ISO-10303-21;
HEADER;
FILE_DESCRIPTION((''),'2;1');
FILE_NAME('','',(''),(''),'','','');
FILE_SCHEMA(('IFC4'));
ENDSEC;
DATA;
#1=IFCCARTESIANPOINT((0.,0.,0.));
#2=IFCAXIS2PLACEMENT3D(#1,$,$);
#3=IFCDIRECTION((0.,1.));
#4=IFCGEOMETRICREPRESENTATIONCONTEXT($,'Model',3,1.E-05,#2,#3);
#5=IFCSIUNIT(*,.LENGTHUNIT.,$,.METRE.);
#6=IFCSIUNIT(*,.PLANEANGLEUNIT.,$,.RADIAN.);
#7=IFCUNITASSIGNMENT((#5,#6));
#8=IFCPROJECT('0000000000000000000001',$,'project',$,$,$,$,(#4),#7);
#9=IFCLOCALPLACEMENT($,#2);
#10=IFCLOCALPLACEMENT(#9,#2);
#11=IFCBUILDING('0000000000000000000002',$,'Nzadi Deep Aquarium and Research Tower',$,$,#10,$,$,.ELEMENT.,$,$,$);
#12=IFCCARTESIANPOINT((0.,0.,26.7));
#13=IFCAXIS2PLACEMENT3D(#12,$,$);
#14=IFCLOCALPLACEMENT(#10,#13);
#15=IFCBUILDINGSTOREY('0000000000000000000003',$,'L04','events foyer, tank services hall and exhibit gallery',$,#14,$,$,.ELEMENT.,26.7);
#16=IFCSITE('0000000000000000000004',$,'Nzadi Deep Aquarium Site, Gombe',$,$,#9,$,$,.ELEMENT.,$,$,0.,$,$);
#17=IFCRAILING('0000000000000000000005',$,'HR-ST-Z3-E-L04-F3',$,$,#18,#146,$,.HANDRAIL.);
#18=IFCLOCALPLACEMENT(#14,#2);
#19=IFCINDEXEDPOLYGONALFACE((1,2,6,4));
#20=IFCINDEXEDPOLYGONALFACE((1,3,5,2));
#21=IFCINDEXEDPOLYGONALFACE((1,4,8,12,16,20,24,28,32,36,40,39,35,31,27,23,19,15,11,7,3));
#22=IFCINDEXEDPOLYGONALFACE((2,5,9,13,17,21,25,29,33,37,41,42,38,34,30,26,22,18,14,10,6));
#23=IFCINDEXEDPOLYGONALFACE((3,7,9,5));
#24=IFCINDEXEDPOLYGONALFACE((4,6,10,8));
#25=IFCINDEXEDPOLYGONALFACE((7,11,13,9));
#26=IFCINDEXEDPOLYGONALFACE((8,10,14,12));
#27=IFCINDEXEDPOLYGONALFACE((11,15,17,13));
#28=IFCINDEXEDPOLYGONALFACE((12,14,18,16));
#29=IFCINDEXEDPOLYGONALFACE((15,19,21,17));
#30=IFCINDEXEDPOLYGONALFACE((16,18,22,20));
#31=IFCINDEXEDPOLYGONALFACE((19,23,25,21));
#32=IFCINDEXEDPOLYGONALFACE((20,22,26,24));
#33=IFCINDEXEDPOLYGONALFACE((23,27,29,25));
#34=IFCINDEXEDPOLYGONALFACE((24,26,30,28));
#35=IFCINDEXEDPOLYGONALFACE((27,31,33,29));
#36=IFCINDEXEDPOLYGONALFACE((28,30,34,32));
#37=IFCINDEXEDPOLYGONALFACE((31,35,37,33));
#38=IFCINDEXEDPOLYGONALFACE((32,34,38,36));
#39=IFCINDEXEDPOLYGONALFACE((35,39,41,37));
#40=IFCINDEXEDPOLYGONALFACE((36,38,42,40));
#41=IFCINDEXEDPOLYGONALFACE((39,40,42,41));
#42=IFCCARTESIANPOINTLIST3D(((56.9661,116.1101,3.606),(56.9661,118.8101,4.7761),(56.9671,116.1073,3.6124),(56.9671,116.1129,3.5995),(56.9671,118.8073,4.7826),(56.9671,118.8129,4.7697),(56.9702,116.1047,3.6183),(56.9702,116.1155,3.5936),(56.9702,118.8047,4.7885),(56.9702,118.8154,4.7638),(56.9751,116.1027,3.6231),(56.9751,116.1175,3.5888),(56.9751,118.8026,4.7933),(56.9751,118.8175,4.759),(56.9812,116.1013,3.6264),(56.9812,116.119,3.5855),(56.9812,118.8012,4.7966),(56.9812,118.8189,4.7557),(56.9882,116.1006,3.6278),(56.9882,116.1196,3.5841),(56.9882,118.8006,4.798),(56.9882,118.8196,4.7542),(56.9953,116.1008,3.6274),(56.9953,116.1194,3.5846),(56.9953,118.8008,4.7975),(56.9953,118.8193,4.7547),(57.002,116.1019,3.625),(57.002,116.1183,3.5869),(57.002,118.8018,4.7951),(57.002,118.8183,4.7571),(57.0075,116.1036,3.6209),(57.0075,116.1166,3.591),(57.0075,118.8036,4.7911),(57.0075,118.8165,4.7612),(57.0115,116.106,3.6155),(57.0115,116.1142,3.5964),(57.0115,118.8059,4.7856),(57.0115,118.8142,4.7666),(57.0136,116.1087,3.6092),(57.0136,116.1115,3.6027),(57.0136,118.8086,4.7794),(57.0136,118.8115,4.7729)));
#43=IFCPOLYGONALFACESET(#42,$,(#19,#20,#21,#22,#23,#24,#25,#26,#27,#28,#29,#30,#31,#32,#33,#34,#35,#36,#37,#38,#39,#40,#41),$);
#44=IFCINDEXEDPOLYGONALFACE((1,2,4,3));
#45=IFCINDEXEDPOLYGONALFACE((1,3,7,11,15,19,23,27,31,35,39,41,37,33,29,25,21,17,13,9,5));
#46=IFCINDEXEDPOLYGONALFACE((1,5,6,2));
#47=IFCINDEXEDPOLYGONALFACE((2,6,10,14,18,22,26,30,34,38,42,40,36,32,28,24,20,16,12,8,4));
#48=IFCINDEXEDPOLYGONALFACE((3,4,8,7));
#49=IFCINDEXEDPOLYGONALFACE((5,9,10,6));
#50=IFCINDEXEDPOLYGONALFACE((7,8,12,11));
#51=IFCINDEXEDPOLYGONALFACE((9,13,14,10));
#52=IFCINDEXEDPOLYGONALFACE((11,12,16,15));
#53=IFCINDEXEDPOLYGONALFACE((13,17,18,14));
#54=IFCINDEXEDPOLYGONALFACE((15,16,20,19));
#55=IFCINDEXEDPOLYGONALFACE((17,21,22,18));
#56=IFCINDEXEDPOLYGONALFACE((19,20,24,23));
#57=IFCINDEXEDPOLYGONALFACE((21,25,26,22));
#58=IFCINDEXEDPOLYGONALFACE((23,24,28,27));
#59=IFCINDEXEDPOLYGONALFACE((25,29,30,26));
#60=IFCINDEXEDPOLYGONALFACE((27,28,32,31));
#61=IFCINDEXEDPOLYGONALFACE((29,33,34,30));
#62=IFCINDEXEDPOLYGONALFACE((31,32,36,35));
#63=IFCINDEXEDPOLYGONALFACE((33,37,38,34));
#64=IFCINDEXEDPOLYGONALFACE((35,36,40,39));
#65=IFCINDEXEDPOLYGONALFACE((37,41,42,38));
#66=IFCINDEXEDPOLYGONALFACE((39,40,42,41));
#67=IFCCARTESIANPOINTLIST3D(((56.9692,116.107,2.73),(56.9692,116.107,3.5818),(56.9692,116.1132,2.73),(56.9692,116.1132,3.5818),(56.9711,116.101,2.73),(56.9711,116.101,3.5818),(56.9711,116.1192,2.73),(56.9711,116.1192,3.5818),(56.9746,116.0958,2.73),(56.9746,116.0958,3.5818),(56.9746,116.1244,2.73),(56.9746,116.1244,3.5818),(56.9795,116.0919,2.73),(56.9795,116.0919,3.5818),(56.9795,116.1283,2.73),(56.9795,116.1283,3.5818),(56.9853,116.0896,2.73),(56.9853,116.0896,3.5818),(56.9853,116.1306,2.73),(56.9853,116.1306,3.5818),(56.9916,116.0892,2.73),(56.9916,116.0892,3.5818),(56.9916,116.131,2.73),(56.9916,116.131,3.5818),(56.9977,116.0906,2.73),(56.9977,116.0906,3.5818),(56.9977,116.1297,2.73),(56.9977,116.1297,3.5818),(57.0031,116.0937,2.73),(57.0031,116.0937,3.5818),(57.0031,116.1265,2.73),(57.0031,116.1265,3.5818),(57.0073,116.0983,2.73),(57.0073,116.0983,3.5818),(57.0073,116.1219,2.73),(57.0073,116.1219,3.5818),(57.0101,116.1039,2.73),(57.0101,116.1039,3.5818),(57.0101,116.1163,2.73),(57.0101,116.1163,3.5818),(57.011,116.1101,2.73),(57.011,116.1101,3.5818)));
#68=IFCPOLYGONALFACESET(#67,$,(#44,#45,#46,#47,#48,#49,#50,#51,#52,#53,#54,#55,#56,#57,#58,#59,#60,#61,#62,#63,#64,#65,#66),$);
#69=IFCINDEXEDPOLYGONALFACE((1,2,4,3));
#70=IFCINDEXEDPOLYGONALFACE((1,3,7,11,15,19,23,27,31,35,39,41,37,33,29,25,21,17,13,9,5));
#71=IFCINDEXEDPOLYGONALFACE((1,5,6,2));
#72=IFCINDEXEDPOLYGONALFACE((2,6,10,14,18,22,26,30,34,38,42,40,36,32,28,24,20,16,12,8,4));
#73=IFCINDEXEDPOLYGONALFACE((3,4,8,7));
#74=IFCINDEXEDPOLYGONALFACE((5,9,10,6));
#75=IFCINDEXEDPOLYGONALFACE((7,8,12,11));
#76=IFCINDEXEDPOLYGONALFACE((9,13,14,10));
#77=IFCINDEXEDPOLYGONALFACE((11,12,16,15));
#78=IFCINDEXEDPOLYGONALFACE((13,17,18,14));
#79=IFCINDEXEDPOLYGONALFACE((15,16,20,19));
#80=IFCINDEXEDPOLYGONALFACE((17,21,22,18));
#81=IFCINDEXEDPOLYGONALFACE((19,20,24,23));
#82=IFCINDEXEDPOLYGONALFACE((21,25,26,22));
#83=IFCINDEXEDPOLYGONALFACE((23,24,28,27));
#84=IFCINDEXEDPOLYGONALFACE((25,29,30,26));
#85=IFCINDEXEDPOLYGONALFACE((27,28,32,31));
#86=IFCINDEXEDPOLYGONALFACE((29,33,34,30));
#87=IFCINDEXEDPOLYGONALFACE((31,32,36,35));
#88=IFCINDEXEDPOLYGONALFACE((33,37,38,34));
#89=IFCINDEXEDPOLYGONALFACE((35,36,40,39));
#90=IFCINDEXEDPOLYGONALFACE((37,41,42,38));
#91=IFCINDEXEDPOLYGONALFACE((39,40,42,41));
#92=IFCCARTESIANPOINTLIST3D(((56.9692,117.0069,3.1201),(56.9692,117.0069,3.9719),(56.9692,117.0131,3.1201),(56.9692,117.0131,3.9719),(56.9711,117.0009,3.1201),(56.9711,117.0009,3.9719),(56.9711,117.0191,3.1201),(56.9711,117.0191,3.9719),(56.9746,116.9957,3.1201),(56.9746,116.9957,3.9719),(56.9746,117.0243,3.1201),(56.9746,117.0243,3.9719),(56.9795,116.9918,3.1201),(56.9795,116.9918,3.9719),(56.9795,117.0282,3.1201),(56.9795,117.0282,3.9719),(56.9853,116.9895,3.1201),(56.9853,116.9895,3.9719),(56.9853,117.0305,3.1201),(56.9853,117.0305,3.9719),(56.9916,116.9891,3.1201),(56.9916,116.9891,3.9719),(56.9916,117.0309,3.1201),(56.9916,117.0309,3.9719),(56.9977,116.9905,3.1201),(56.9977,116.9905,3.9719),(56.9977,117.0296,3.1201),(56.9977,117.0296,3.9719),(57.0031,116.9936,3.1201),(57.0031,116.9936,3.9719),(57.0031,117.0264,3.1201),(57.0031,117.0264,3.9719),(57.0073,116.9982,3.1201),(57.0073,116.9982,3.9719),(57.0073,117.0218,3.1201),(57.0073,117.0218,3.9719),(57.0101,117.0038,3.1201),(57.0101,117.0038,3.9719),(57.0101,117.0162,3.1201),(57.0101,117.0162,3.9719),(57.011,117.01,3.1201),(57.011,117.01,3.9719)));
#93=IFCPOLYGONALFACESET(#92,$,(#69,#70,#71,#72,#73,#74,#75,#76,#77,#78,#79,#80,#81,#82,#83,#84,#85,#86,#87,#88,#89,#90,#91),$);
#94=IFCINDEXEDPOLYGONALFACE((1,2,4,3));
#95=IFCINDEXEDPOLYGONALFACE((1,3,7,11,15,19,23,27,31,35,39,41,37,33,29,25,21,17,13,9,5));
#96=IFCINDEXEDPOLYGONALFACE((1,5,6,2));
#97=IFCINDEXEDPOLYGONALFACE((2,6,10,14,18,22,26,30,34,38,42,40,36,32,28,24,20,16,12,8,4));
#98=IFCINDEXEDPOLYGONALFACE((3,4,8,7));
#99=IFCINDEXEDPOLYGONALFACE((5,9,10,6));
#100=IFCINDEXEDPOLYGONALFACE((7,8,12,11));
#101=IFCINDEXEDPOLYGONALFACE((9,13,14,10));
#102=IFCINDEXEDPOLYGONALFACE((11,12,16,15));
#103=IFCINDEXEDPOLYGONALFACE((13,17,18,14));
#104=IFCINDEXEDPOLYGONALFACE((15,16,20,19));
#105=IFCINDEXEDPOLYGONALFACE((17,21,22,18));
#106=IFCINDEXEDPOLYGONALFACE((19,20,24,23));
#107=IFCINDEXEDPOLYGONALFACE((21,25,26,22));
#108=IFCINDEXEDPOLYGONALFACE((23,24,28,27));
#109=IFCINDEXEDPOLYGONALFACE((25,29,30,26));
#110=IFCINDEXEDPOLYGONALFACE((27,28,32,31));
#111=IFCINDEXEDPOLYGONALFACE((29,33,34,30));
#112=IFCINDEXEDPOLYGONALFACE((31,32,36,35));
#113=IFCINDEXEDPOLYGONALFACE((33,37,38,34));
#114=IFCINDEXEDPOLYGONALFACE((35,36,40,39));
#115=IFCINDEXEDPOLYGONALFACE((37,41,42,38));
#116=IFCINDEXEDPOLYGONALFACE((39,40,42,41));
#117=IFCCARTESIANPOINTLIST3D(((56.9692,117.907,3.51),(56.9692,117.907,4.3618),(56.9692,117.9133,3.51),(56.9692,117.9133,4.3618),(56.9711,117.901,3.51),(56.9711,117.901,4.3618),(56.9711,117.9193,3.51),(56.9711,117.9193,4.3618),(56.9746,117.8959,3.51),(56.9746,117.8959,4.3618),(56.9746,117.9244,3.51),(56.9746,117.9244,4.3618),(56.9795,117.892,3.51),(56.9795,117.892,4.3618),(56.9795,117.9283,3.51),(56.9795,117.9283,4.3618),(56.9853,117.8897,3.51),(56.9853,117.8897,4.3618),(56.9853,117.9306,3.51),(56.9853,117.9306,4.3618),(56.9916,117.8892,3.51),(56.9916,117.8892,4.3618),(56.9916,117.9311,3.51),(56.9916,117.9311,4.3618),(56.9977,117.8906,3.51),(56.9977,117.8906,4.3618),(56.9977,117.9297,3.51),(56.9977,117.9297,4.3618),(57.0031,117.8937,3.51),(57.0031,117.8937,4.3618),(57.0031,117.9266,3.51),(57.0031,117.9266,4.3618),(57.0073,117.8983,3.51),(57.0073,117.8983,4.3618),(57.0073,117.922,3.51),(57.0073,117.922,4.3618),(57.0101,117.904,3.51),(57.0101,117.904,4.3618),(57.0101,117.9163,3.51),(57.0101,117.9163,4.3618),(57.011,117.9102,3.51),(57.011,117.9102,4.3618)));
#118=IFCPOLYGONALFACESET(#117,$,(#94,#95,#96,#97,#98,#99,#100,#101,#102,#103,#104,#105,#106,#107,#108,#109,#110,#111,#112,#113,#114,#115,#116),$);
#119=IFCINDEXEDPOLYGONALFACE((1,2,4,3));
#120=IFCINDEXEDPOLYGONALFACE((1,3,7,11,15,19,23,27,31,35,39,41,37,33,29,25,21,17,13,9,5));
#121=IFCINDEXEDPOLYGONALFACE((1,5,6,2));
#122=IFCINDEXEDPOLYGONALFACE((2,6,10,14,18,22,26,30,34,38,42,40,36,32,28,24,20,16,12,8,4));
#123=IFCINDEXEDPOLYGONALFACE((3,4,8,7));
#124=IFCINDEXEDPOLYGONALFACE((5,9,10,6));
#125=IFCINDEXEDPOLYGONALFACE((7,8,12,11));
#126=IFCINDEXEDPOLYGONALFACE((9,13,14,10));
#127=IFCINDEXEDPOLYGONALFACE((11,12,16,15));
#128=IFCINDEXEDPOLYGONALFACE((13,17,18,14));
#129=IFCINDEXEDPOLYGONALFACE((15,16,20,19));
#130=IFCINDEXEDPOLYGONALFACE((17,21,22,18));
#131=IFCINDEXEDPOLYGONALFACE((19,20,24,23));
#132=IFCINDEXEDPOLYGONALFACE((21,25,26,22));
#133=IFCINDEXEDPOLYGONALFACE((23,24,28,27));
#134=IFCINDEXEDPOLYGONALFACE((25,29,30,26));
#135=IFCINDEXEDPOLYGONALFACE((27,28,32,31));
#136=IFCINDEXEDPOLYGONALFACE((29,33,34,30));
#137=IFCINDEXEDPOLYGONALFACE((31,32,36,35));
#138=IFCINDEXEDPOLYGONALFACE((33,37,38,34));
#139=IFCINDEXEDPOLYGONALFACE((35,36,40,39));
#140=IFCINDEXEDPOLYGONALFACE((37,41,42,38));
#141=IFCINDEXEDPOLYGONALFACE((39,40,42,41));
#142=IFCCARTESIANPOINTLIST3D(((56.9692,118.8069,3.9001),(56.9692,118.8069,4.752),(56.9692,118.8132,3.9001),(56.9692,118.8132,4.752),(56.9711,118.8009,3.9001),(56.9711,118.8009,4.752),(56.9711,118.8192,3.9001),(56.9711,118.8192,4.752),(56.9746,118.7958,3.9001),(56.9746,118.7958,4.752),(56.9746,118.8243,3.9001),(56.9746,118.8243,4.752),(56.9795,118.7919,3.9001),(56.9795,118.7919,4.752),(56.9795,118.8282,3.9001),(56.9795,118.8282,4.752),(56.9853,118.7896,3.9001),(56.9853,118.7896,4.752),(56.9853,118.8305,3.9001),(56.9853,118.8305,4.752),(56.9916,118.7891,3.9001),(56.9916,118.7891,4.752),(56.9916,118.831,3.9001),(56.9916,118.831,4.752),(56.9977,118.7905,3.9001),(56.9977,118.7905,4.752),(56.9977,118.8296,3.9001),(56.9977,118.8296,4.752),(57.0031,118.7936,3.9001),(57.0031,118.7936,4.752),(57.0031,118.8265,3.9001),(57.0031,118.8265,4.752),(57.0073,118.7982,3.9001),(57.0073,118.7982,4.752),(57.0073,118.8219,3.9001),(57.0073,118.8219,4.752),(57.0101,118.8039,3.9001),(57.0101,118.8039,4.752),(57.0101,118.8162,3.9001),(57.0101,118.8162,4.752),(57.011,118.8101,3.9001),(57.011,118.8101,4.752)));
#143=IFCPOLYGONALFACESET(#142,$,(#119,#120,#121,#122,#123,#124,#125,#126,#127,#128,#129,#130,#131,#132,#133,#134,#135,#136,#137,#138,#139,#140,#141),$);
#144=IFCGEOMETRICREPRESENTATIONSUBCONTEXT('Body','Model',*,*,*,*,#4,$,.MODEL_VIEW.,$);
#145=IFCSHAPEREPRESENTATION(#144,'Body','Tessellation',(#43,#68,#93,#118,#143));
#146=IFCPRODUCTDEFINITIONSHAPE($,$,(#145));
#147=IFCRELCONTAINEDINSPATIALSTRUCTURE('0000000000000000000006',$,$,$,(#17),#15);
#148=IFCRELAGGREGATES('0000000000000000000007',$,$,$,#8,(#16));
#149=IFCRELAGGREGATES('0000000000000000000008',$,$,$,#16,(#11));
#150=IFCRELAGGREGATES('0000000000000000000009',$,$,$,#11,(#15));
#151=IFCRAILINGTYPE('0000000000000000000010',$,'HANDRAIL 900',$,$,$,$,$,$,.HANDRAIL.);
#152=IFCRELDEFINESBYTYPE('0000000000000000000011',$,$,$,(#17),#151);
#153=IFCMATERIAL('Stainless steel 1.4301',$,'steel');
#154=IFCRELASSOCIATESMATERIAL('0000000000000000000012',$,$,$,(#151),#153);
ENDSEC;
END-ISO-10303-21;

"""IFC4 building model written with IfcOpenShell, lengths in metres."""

from ifc_helpers import new_model, si_unit, direction, frame, origin, origin_2d, place, context, subcontext, project, spatial, circle, extrude, material, type_object, element, save


model = new_model("IFC4")

# Units and contexts
model_context = context("Model", 3, precision=1e-05, world=origin(), true_north=direction((0.0, 1.0)))
body_context = subcontext(model_context, "Body", "Model", "MODEL_VIEW")
ifc_project = project(units=[si_unit("LENGTHUNIT", "METRE"), si_unit("PLANEANGLEUNIT", "RADIAN")], contexts=[model_context])

# Site, building, storey
site_placement = place(None, origin())
site = spatial("IfcSite", under=ifc_project, at=site_placement, Name="Nzadi Deep Aquarium Site, Gombe", CompositionType="ELEMENT", RefElevation=0.0)
building_placement = place(site_placement, origin())
building = spatial("IfcBuilding", under=site, at=building_placement, Name="Nzadi Deep Aquarium and Research Tower", CompositionType="ELEMENT")
storey_placement = place(building_placement, frame((0.0, 0.0, 26.7)))
storey = spatial("IfcBuildingStorey", under=building, at=storey_placement, Name="L04", Description="events foyer, tank services hall and exhibit gallery", CompositionType="ELEMENT", Elevation=26.7)

# Railing
ifc_material_1 = material(Name="Stainless steel 1.4301", Category="steel")
railing_type_1 = type_object("IfcRailingType", Name="HANDRAIL 900", PredefinedType="HANDRAIL", material=ifc_material_1)
railing_1_placement = place(storey_placement, frame((56.99, 116.1101, 2.73)))
element("IfcRailing", 1, at=railing_1_placement, inside=storey, type_object=railing_type_1, Name="HR-ST-Z3-E-L04-F3", PredefinedType="HANDRAIL", context=body_context, shape_type="SweptSolid", body=[
    extrude(circle(Radius=0.0239, at=origin_2d()), frame((0.0, 0.0, 0.876), z_axis=(0.0, 0.917532, 0.397661), x_axis=(-1.0, 0.0, 0.0)), (0.0, 0.0, 1.0), 2.9426),
    extrude(circle(Radius=0.021, at=origin_2d()), origin(), (0.0, 0.0, 1.0), 0.8518),
    extrude(circle(Radius=0.021, at=origin_2d()), frame((0.0, 0.8999, 0.3901)), (0.0, 0.0, 1.0), 0.8518),
    extrude(circle(Radius=0.021, at=origin_2d()), frame((0.0, 1.8, 0.78)), (0.0, 0.0, 1.0), 0.8518),
    extrude(circle(Radius=0.021, at=origin_2d()), frame((0.0, 2.7, 1.1702)), (0.0, 0.0, 1.0), 0.8518),
])

save(model, "model.ifc")
